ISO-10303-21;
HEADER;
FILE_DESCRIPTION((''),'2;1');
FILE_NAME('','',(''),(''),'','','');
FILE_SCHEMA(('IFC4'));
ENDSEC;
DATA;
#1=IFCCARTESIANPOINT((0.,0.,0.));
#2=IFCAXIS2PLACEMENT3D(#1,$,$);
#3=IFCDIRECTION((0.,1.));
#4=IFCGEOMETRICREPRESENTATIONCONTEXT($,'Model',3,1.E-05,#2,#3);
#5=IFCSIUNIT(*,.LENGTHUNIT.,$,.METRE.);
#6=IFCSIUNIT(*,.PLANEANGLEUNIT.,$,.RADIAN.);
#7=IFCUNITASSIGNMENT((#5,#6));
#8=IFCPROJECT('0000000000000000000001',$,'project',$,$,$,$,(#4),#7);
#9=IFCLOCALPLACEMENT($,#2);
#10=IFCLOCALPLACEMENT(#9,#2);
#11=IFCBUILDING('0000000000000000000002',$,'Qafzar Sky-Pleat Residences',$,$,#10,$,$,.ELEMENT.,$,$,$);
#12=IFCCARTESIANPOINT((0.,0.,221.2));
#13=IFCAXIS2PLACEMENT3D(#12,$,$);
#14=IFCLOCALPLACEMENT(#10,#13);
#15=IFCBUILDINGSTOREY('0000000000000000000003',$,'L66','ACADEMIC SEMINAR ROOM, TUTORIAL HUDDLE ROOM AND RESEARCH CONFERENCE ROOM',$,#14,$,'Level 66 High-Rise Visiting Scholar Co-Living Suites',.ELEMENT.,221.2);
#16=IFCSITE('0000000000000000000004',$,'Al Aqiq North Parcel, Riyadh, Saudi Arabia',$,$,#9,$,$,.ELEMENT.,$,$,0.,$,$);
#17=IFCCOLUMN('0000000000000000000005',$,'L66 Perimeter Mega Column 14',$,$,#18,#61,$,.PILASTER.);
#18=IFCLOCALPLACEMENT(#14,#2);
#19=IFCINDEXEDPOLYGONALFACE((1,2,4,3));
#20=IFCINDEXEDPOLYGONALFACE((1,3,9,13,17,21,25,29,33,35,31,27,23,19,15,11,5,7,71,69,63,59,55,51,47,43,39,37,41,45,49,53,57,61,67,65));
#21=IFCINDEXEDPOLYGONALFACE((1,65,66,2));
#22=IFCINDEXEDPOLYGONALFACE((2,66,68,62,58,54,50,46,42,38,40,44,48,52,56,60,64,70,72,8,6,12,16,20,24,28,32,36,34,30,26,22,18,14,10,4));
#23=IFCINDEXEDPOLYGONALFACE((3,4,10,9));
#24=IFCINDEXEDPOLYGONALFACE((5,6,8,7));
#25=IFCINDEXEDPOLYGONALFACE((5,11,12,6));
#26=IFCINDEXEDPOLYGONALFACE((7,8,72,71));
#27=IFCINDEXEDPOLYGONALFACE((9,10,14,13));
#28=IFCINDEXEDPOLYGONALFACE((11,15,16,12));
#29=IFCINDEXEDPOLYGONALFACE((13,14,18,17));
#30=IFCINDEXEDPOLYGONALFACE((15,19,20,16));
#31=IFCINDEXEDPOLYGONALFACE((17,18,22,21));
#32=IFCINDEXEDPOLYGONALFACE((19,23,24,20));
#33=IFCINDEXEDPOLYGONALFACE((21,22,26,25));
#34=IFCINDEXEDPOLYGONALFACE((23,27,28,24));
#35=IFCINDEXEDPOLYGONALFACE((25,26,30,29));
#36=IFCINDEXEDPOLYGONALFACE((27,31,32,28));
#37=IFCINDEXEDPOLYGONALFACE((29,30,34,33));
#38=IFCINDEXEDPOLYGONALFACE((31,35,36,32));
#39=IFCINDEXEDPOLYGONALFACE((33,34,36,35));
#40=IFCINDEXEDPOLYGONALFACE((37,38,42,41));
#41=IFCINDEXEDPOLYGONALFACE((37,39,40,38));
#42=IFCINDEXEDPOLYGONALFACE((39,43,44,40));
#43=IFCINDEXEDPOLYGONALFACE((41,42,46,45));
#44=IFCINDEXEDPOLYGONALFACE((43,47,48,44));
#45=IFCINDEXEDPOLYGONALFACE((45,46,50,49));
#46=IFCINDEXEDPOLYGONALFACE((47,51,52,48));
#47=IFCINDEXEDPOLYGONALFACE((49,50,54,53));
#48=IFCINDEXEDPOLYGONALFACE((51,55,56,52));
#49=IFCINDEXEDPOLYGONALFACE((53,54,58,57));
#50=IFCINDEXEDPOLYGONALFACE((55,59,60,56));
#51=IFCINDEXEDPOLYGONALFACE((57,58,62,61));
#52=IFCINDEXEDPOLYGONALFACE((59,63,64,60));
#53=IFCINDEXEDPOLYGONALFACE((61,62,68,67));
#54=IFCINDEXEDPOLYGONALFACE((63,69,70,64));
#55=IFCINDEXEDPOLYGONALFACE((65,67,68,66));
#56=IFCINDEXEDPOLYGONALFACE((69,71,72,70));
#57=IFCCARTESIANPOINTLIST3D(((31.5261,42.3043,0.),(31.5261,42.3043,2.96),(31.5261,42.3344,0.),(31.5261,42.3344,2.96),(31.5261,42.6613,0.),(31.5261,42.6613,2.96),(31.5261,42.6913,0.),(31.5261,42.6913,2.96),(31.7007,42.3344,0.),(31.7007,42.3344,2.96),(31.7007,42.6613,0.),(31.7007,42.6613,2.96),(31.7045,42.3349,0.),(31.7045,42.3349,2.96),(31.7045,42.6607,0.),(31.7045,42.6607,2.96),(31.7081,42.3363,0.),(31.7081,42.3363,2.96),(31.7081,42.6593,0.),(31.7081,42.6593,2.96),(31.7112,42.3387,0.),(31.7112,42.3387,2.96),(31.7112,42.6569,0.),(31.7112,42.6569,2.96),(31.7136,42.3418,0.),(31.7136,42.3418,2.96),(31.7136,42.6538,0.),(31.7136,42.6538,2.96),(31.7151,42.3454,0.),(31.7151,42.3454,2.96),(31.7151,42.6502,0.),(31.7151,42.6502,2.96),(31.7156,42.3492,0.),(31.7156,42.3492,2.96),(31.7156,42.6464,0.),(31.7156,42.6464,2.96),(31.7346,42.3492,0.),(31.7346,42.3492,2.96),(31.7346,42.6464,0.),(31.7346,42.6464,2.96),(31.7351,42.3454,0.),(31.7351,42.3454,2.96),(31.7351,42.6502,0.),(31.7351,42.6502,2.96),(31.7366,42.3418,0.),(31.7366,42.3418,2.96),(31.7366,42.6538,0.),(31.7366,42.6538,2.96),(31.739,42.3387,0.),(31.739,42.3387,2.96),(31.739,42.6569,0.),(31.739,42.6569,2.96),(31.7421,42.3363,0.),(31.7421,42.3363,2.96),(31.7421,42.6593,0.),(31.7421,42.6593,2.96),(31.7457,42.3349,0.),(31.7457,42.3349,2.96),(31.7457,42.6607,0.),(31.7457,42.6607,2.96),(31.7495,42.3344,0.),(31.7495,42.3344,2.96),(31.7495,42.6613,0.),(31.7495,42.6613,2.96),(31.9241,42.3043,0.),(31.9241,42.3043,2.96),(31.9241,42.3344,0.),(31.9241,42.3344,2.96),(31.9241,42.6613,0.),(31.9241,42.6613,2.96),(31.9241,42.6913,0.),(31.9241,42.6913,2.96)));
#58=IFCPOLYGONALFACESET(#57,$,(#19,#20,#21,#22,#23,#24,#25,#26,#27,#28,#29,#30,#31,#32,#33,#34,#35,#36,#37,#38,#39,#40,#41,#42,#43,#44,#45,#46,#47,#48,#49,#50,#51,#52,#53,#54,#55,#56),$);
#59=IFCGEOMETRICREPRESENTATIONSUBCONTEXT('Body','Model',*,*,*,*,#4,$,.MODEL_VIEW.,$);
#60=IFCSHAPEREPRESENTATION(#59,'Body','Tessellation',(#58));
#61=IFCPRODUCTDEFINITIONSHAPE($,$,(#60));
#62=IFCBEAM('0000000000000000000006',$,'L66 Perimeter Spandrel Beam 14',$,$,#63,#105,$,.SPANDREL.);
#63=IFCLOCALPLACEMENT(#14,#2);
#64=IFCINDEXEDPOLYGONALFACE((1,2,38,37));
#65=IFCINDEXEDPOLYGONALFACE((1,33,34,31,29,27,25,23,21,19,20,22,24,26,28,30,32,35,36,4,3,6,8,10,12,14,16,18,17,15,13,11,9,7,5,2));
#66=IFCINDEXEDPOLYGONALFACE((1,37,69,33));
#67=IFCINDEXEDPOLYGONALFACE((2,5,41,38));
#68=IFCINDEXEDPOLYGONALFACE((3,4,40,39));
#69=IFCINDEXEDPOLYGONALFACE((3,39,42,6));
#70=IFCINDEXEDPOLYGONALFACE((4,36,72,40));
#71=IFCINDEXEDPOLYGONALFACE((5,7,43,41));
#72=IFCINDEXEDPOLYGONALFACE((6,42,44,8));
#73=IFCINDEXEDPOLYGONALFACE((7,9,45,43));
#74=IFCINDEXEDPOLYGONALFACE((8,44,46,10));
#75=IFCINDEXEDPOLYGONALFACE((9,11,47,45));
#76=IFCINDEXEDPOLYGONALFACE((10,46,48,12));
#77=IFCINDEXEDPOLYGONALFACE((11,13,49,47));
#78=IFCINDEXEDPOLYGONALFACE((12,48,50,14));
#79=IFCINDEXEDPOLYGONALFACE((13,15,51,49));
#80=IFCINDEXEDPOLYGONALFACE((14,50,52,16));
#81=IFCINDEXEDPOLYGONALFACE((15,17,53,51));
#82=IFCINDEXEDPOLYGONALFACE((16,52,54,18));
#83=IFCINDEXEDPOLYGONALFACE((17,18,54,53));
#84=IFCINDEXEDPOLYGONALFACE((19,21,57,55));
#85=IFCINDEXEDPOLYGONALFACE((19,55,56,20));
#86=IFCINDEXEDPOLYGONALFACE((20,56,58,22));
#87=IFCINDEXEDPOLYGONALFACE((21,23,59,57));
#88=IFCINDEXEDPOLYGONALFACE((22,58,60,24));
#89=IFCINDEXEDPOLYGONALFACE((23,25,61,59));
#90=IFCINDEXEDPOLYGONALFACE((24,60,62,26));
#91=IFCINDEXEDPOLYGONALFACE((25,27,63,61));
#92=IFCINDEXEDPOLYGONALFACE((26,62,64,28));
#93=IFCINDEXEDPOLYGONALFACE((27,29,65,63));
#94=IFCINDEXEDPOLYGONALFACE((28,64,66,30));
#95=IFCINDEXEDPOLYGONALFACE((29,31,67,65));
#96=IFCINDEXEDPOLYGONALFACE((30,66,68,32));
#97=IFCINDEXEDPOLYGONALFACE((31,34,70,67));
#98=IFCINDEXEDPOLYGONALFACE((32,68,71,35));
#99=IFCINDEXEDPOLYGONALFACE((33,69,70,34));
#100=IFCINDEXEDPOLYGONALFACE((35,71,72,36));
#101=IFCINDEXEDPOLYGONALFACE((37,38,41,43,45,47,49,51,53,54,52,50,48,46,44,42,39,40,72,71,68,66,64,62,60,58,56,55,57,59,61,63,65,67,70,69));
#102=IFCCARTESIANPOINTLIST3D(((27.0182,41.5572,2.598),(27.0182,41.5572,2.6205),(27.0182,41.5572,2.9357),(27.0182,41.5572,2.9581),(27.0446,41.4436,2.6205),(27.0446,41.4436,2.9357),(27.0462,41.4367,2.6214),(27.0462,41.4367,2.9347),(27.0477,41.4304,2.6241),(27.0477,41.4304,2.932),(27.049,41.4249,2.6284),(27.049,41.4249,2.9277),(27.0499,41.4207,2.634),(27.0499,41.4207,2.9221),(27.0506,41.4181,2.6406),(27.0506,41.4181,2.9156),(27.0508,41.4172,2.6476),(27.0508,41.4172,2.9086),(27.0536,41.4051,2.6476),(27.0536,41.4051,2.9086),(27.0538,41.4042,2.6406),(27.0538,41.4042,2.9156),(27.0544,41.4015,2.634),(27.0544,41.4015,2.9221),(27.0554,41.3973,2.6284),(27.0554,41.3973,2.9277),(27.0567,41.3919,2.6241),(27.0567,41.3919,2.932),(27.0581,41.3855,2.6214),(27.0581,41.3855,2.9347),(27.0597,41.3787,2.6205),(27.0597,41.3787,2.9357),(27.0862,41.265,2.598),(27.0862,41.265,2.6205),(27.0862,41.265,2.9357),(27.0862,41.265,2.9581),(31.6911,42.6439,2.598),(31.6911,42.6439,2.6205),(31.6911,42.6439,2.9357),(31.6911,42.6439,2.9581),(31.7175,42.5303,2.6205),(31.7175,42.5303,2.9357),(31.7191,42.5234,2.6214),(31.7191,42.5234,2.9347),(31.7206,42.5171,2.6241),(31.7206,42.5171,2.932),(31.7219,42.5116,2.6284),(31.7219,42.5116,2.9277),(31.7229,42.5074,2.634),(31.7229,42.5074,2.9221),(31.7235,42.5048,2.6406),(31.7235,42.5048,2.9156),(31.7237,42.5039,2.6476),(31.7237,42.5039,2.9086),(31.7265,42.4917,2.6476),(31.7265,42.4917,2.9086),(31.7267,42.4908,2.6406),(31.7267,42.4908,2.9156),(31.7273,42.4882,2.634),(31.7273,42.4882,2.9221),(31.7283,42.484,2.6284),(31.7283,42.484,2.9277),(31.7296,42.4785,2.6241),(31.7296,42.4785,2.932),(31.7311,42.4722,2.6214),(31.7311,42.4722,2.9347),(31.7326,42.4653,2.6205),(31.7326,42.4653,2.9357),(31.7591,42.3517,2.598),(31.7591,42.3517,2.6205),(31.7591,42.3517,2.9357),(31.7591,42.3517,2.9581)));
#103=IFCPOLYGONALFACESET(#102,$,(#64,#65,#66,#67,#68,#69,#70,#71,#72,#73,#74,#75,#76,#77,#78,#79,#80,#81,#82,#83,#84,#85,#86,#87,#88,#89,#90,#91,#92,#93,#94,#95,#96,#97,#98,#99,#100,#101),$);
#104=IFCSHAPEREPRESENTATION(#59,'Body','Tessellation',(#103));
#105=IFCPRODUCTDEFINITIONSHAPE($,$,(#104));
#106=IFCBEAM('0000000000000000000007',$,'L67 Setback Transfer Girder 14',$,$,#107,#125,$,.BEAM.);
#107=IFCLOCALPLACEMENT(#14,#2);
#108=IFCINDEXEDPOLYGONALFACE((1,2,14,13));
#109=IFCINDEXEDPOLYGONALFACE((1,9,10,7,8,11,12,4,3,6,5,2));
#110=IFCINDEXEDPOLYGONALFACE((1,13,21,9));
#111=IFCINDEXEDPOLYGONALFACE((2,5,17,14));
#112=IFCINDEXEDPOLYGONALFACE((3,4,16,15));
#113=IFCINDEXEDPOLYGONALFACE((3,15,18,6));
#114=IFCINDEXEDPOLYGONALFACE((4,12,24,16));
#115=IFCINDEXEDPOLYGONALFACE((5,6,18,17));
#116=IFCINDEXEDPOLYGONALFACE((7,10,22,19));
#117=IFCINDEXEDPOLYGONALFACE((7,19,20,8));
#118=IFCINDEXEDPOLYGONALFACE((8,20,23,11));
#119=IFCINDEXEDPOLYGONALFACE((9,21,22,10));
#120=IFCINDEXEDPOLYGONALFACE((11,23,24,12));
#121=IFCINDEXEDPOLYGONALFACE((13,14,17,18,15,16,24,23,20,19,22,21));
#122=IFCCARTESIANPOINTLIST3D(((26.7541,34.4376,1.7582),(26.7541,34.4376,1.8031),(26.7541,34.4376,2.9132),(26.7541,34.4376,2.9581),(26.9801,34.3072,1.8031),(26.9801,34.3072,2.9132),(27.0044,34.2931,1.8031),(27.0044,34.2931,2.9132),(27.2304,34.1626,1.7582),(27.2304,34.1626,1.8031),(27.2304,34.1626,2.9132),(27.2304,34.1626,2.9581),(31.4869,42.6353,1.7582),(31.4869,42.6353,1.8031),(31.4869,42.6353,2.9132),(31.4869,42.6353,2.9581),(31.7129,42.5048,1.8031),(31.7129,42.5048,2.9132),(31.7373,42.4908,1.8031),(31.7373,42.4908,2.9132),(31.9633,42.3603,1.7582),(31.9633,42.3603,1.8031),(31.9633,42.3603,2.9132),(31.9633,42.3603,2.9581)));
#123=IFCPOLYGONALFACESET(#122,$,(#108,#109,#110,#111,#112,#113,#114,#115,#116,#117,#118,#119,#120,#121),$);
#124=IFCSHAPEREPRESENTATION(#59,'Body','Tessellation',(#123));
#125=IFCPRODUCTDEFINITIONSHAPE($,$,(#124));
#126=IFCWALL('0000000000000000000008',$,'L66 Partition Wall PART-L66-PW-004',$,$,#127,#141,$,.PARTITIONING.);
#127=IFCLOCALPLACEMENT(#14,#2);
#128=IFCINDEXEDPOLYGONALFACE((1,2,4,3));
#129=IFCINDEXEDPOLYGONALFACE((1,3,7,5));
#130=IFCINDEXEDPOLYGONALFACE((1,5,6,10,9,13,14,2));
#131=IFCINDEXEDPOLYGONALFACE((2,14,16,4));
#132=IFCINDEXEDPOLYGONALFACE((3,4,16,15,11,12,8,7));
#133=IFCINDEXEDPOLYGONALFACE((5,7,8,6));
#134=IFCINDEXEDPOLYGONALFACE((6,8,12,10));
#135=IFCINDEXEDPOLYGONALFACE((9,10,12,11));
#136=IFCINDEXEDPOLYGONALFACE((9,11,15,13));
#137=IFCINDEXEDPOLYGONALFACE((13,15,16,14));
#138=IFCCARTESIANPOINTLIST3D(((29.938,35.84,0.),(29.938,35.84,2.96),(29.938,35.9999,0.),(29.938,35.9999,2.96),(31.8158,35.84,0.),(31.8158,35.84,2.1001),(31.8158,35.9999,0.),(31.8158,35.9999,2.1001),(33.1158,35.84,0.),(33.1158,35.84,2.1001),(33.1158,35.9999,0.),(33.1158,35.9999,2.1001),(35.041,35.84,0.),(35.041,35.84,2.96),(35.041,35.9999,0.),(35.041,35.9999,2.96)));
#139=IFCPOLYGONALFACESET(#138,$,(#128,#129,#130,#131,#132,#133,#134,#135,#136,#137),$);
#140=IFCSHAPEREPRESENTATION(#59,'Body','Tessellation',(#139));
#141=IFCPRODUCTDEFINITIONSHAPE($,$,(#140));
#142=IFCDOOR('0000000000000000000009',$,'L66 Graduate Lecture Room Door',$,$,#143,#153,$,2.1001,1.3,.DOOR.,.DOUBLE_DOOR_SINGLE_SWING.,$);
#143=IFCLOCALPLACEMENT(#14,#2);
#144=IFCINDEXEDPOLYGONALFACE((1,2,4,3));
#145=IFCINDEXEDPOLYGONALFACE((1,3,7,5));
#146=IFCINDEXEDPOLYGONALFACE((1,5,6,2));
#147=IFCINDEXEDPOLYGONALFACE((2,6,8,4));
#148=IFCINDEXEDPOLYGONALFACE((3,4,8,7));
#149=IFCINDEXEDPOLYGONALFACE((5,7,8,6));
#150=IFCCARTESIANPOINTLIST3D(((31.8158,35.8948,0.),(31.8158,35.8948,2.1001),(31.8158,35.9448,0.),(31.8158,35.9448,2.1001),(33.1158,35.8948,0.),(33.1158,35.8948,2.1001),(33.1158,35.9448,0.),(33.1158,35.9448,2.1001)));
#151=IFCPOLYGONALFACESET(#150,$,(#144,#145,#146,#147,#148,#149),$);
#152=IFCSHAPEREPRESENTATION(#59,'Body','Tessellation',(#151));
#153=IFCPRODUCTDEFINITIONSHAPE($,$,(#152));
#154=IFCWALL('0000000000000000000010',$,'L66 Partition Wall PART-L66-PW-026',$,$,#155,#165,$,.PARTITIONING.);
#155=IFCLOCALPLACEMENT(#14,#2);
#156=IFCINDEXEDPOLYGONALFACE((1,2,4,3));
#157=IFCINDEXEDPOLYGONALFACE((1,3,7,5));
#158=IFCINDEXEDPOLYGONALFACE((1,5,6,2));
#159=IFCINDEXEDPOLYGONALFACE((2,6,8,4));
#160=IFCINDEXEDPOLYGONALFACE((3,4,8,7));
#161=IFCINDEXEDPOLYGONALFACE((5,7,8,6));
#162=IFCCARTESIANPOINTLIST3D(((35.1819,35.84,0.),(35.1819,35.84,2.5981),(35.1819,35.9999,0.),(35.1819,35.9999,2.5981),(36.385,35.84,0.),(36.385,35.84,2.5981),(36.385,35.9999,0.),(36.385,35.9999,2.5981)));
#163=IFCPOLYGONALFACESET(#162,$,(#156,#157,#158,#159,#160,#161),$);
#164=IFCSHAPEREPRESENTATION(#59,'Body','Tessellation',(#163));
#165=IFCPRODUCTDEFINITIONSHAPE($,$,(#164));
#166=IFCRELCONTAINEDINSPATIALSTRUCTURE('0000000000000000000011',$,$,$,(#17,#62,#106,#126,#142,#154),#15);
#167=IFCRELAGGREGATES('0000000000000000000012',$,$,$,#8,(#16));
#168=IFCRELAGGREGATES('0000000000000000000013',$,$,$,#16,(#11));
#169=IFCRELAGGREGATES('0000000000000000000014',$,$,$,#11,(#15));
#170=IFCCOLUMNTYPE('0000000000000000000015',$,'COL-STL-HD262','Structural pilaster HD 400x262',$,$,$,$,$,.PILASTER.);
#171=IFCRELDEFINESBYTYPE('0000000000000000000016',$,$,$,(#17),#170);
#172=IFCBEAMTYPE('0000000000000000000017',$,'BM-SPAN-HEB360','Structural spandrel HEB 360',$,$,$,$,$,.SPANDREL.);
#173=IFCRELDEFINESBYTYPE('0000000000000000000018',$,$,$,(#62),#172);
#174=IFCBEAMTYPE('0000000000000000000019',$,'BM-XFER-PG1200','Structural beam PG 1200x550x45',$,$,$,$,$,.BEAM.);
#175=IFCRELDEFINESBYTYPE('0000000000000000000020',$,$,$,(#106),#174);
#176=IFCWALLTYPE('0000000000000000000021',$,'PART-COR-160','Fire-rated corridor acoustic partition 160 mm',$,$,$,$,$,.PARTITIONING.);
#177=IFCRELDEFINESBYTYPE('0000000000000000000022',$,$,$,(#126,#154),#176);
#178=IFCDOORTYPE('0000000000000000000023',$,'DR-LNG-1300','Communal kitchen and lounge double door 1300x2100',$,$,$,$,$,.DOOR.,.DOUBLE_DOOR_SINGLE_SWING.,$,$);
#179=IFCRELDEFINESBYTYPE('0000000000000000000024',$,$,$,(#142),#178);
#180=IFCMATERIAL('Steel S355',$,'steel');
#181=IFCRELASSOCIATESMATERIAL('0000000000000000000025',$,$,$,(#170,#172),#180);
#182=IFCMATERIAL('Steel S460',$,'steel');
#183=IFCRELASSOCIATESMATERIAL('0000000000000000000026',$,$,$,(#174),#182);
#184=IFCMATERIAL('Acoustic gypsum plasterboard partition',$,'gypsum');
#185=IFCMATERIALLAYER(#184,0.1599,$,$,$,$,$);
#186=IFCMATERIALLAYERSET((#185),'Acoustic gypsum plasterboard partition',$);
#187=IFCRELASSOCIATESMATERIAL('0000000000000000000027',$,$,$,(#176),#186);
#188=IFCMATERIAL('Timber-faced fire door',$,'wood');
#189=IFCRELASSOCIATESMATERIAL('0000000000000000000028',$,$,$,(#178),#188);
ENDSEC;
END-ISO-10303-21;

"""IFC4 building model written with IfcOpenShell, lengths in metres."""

from ifc_helpers import new_model, si_unit, direction, frame, frame_2d, origin, origin_2d, place, context, subcontext, project, spatial, rectangle, i_section, extrude, source, transform, mapped, material, layer, layer_set, material_profile, profile_set, type_object, element, fill, save


model = new_model("IFC4")

# Units and contexts
model_context = context("Model", 3, precision=1e-05, world=origin(), true_north=direction((0.0, 1.0)))
body_context = subcontext(model_context, "Body", "Model", "MODEL_VIEW")
ifc_project = project(units=[si_unit("LENGTHUNIT", "METRE"), si_unit("PLANEANGLEUNIT", "RADIAN")], contexts=[model_context])

# Site, building, storey
site_placement = place(None, origin())
site = spatial("IfcSite", under=ifc_project, at=site_placement, Name="Al Aqiq North Parcel, Riyadh, Saudi Arabia", CompositionType="ELEMENT", RefElevation=0.0)
building_placement = place(site_placement, origin())
building = spatial("IfcBuilding", under=site, at=building_placement, Name="Qafzar Sky-Pleat Residences", CompositionType="ELEMENT")
storey_placement = place(building_placement, frame((0.0, 0.0, 221.2)))
storey = spatial("IfcBuildingStorey", under=building, at=storey_placement, Name="L66", Description="ACADEMIC SEMINAR ROOM, TUTORIAL HUDDLE ROOM AND RESEARCH CONFERENCE ROOM", LongName="Level 66 High-Rise Visiting Scholar Co-Living Suites", CompositionType="ELEMENT", Elevation=221.2)

# Column
ifc_material_1 = material(Name="Steel S355", Category="steel")
ifc_material_profile_1 = material_profile(ifc_material_1, i_section(OverallWidth=0.3979, OverallDepth=0.387, WebThickness=0.019, FlangeThickness=0.03, FilletRadius=0.0149, at=origin_2d()), Name="HD 400x262")
ifc_profile_set_1 = profile_set([ifc_material_profile_1], Name="Steel S355")
column_type = type_object("IfcColumnType", Name="COL-STL-HD262", Description="Structural pilaster HD 400x262", PredefinedType="PILASTER", material=ifc_profile_set_1)
shared_shape_1 = source(origin(), body_context, "Body", "SweptSolid", [
    extrude(i_section(OverallWidth=0.3979, OverallDepth=0.387, WebThickness=0.019, FlangeThickness=0.03, FilletRadius=0.0149, at=origin_2d()), origin(), (0.0, 0.0, 1.0), 2.96),
])
column_placement = place(storey_placement, frame((31.7251, 42.4978, 0.0), z_axis=(0.0, 0.0, 1.0), x_axis=(1.0, 0.0, 0.0)))
element("IfcColumn", 1, at=column_placement, inside=storey, type_object=column_type, Name="L66 Perimeter Mega Column 14", PredefinedType="PILASTER", context=body_context, shape_type="MappedRepresentation", body=[
    mapped(shared_shape_1, transform((0.0, 0.0, 0.0), x_axis=(1.0, 0.0, 0.0), y_axis=(0.0, 1.0, 0.0), z_axis=(0.0, 0.0, 1.0), scale=1.0)),
])

# Beams
ifc_material_profile_2 = material_profile(ifc_material_1, i_section(OverallWidth=0.3, OverallDepth=0.3601, WebThickness=0.0125, FlangeThickness=0.0225, FilletRadius=0.0271, at=origin_2d()), Name="HEB 360")
ifc_profile_set_2 = profile_set([ifc_material_profile_2], Name="Steel S355")
beam_type_1 = type_object("IfcBeamType", Name="BM-SPAN-HEB360", Description="Structural spandrel HEB 360", PredefinedType="SPANDREL", material=ifc_profile_set_2)
shared_shape_2 = source(origin(), body_context, "Body", "SweptSolid", [
    extrude(i_section(OverallWidth=0.3, OverallDepth=0.3601, WebThickness=0.0125, FlangeThickness=0.0225, FilletRadius=0.0271, at=origin_2d()), origin(), (0.0, 0.0, 1.0), 4.7976),
])
beam_1_placement = place(storey_placement, frame((31.7251, 42.4978, 2.7781), z_axis=(-0.97401, -0.226506, 0.0), x_axis=(0.226506, -0.97401, 0.0)))
element("IfcBeam", 2, at=beam_1_placement, inside=storey, type_object=beam_type_1, Name="L66 Perimeter Spandrel Beam 14", PredefinedType="SPANDREL", context=body_context, shape_type="MappedRepresentation", body=[
    mapped(shared_shape_2, transform((0.0, 0.0, 0.0), x_axis=(1.0, 0.0, 0.0), y_axis=(0.0, 1.0, 0.0), z_axis=(0.0, 0.0, 1.0), scale=1.0)),
])
ifc_material_2 = material(Name="Steel S460", Category="steel")
ifc_material_profile_3 = material_profile(ifc_material_2, i_section(OverallWidth=0.55, OverallDepth=1.2, WebThickness=0.0281, FlangeThickness=0.0449, at=origin_2d()), Name="PG 1200x550x45")
ifc_profile_set_3 = profile_set([ifc_material_profile_3], Name="Steel S460")
beam_type_2 = type_object("IfcBeamType", Name="BM-XFER-PG1200", Description="Structural beam PG 1200x550x45", PredefinedType="BEAM", material=ifc_profile_set_3)
shared_shape_3 = source(origin(), body_context, "Body", "SweptSolid", [
    extrude(i_section(OverallWidth=0.55, OverallDepth=1.2, WebThickness=0.0281, FlangeThickness=0.0449, at=origin_2d()), origin(), (0.0, 0.0, 1.0), 9.4658),
])
beam_2_placement = place(storey_placement, frame((31.7251, 42.4978, 2.3582), z_axis=(-0.499995, -0.866028, 0.0), x_axis=(0.866028, -0.499995, 0.0)))
element("IfcBeam", 3, at=beam_2_placement, inside=storey, type_object=beam_type_2, Name="L67 Setback Transfer Girder 14", PredefinedType="BEAM", context=body_context, shape_type="MappedRepresentation", body=[
    mapped(shared_shape_3, transform((0.0, 0.0, 0.0), x_axis=(1.0, 0.0, 0.0), y_axis=(0.0, 1.0, 0.0), z_axis=(0.0, 0.0, 1.0), scale=1.0)),
])

# Wall, opening, door
ifc_material_3 = material(Name="Acoustic gypsum plasterboard partition", Category="gypsum")
ifc_layer_1 = layer(ifc_material_3, 0.1599)
ifc_layer_set_1 = layer_set([ifc_layer_1], Name="Acoustic gypsum plasterboard partition")
wall_type_1 = type_object("IfcWallType", Name="PART-COR-160", Description="Fire-rated corridor acoustic partition 160 mm", PredefinedType="PARTITIONING", material=ifc_layer_set_1)
wall_1_placement = place(storey_placement, frame((29.938, 35.9199, 0.0), z_axis=(0.0, 0.0, 1.0), x_axis=(1.0, 0.0, 0.0)))
wall_1 = element("IfcWall", 4, at=wall_1_placement, inside=storey, type_object=wall_type_1, Name="L66 Partition Wall PART-L66-PW-004", PredefinedType="PARTITIONING", context=body_context, shape_type="SweptSolid", body=[
    extrude(rectangle(XDim=5.103, YDim=0.1599, at=frame_2d((2.5515, 0.0))), origin(), (0.0, 0.0, 1.0), 2.96),
])
opening_1_placement = place(wall_1_placement, frame((1.8779, 0.0, 0.0)))
opening_1 = element("IfcOpeningElement", 5, at=opening_1_placement, cuts=wall_1, PredefinedType="OPENING", context=body_context, shape_type="SweptSolid", body=[
    extrude(rectangle(XDim=1.3, YDim=2.1001, at=frame_2d((0.6499, 1.05))), frame((0.0, 0.0898, 0.0), z_axis=(0.0, -1.0, 0.0), x_axis=(1.0, 0.0, 0.0)), (0.0, 0.0, 1.0), 0.1799),
])
ifc_material_4 = material(Name="Timber-faced fire door", Category="wood")
door_type_1 = type_object("IfcDoorType", Name="DR-LNG-1300", Description="Communal kitchen and lounge double door 1300x2100", OperationType="DOUBLE_DOOR_SINGLE_SWING", PredefinedType="DOOR", material=ifc_material_4)
shared_shape_4 = source(origin(), body_context, "Body", "SweptSolid", [
    extrude(rectangle(XDim=1.3, YDim=2.1001, at=frame_2d((0.6499, 1.05))), frame((0.0, 0.0249, 0.0), z_axis=(0.0, -1.0, 0.0), x_axis=(1.0, 0.0, 0.0)), (0.0, 0.0, 1.0), 0.05),
])
door_1_placement = place(opening_1_placement, origin())
door_1 = element("IfcDoor", 6, at=door_1_placement, inside=storey, type_object=door_type_1, Name="L66 Graduate Lecture Room Door", OperationType="DOUBLE_DOOR_SINGLE_SWING", OverallHeight=2.1001, OverallWidth=1.3, PredefinedType="DOOR", context=body_context, shape_type="MappedRepresentation", body=[
    mapped(shared_shape_4, transform((0.0, 0.0, 0.0), x_axis=(1.0, 0.0, 0.0), y_axis=(0.0, 1.0, 0.0), z_axis=(0.0, 0.0, 1.0), scale=1.0)),
])
fill(opening_1, door_1)

# Wall
wall_2_placement = place(storey_placement, frame((35.1819, 35.9199, 0.0), z_axis=(0.0, 0.0, 1.0), x_axis=(1.0, 0.0, 0.0)))
element("IfcWall", 7, at=wall_2_placement, inside=storey, type_object=wall_type_1, Name="L66 Partition Wall PART-L66-PW-026", PredefinedType="PARTITIONING", context=body_context, shape_type="SweptSolid", body=[
    extrude(rectangle(XDim=1.2031, YDim=0.1599, at=frame_2d((0.6016, 0.0))), origin(), (0.0, 0.0, 1.0), 2.5981),
])

save(model, "model.ifc")
